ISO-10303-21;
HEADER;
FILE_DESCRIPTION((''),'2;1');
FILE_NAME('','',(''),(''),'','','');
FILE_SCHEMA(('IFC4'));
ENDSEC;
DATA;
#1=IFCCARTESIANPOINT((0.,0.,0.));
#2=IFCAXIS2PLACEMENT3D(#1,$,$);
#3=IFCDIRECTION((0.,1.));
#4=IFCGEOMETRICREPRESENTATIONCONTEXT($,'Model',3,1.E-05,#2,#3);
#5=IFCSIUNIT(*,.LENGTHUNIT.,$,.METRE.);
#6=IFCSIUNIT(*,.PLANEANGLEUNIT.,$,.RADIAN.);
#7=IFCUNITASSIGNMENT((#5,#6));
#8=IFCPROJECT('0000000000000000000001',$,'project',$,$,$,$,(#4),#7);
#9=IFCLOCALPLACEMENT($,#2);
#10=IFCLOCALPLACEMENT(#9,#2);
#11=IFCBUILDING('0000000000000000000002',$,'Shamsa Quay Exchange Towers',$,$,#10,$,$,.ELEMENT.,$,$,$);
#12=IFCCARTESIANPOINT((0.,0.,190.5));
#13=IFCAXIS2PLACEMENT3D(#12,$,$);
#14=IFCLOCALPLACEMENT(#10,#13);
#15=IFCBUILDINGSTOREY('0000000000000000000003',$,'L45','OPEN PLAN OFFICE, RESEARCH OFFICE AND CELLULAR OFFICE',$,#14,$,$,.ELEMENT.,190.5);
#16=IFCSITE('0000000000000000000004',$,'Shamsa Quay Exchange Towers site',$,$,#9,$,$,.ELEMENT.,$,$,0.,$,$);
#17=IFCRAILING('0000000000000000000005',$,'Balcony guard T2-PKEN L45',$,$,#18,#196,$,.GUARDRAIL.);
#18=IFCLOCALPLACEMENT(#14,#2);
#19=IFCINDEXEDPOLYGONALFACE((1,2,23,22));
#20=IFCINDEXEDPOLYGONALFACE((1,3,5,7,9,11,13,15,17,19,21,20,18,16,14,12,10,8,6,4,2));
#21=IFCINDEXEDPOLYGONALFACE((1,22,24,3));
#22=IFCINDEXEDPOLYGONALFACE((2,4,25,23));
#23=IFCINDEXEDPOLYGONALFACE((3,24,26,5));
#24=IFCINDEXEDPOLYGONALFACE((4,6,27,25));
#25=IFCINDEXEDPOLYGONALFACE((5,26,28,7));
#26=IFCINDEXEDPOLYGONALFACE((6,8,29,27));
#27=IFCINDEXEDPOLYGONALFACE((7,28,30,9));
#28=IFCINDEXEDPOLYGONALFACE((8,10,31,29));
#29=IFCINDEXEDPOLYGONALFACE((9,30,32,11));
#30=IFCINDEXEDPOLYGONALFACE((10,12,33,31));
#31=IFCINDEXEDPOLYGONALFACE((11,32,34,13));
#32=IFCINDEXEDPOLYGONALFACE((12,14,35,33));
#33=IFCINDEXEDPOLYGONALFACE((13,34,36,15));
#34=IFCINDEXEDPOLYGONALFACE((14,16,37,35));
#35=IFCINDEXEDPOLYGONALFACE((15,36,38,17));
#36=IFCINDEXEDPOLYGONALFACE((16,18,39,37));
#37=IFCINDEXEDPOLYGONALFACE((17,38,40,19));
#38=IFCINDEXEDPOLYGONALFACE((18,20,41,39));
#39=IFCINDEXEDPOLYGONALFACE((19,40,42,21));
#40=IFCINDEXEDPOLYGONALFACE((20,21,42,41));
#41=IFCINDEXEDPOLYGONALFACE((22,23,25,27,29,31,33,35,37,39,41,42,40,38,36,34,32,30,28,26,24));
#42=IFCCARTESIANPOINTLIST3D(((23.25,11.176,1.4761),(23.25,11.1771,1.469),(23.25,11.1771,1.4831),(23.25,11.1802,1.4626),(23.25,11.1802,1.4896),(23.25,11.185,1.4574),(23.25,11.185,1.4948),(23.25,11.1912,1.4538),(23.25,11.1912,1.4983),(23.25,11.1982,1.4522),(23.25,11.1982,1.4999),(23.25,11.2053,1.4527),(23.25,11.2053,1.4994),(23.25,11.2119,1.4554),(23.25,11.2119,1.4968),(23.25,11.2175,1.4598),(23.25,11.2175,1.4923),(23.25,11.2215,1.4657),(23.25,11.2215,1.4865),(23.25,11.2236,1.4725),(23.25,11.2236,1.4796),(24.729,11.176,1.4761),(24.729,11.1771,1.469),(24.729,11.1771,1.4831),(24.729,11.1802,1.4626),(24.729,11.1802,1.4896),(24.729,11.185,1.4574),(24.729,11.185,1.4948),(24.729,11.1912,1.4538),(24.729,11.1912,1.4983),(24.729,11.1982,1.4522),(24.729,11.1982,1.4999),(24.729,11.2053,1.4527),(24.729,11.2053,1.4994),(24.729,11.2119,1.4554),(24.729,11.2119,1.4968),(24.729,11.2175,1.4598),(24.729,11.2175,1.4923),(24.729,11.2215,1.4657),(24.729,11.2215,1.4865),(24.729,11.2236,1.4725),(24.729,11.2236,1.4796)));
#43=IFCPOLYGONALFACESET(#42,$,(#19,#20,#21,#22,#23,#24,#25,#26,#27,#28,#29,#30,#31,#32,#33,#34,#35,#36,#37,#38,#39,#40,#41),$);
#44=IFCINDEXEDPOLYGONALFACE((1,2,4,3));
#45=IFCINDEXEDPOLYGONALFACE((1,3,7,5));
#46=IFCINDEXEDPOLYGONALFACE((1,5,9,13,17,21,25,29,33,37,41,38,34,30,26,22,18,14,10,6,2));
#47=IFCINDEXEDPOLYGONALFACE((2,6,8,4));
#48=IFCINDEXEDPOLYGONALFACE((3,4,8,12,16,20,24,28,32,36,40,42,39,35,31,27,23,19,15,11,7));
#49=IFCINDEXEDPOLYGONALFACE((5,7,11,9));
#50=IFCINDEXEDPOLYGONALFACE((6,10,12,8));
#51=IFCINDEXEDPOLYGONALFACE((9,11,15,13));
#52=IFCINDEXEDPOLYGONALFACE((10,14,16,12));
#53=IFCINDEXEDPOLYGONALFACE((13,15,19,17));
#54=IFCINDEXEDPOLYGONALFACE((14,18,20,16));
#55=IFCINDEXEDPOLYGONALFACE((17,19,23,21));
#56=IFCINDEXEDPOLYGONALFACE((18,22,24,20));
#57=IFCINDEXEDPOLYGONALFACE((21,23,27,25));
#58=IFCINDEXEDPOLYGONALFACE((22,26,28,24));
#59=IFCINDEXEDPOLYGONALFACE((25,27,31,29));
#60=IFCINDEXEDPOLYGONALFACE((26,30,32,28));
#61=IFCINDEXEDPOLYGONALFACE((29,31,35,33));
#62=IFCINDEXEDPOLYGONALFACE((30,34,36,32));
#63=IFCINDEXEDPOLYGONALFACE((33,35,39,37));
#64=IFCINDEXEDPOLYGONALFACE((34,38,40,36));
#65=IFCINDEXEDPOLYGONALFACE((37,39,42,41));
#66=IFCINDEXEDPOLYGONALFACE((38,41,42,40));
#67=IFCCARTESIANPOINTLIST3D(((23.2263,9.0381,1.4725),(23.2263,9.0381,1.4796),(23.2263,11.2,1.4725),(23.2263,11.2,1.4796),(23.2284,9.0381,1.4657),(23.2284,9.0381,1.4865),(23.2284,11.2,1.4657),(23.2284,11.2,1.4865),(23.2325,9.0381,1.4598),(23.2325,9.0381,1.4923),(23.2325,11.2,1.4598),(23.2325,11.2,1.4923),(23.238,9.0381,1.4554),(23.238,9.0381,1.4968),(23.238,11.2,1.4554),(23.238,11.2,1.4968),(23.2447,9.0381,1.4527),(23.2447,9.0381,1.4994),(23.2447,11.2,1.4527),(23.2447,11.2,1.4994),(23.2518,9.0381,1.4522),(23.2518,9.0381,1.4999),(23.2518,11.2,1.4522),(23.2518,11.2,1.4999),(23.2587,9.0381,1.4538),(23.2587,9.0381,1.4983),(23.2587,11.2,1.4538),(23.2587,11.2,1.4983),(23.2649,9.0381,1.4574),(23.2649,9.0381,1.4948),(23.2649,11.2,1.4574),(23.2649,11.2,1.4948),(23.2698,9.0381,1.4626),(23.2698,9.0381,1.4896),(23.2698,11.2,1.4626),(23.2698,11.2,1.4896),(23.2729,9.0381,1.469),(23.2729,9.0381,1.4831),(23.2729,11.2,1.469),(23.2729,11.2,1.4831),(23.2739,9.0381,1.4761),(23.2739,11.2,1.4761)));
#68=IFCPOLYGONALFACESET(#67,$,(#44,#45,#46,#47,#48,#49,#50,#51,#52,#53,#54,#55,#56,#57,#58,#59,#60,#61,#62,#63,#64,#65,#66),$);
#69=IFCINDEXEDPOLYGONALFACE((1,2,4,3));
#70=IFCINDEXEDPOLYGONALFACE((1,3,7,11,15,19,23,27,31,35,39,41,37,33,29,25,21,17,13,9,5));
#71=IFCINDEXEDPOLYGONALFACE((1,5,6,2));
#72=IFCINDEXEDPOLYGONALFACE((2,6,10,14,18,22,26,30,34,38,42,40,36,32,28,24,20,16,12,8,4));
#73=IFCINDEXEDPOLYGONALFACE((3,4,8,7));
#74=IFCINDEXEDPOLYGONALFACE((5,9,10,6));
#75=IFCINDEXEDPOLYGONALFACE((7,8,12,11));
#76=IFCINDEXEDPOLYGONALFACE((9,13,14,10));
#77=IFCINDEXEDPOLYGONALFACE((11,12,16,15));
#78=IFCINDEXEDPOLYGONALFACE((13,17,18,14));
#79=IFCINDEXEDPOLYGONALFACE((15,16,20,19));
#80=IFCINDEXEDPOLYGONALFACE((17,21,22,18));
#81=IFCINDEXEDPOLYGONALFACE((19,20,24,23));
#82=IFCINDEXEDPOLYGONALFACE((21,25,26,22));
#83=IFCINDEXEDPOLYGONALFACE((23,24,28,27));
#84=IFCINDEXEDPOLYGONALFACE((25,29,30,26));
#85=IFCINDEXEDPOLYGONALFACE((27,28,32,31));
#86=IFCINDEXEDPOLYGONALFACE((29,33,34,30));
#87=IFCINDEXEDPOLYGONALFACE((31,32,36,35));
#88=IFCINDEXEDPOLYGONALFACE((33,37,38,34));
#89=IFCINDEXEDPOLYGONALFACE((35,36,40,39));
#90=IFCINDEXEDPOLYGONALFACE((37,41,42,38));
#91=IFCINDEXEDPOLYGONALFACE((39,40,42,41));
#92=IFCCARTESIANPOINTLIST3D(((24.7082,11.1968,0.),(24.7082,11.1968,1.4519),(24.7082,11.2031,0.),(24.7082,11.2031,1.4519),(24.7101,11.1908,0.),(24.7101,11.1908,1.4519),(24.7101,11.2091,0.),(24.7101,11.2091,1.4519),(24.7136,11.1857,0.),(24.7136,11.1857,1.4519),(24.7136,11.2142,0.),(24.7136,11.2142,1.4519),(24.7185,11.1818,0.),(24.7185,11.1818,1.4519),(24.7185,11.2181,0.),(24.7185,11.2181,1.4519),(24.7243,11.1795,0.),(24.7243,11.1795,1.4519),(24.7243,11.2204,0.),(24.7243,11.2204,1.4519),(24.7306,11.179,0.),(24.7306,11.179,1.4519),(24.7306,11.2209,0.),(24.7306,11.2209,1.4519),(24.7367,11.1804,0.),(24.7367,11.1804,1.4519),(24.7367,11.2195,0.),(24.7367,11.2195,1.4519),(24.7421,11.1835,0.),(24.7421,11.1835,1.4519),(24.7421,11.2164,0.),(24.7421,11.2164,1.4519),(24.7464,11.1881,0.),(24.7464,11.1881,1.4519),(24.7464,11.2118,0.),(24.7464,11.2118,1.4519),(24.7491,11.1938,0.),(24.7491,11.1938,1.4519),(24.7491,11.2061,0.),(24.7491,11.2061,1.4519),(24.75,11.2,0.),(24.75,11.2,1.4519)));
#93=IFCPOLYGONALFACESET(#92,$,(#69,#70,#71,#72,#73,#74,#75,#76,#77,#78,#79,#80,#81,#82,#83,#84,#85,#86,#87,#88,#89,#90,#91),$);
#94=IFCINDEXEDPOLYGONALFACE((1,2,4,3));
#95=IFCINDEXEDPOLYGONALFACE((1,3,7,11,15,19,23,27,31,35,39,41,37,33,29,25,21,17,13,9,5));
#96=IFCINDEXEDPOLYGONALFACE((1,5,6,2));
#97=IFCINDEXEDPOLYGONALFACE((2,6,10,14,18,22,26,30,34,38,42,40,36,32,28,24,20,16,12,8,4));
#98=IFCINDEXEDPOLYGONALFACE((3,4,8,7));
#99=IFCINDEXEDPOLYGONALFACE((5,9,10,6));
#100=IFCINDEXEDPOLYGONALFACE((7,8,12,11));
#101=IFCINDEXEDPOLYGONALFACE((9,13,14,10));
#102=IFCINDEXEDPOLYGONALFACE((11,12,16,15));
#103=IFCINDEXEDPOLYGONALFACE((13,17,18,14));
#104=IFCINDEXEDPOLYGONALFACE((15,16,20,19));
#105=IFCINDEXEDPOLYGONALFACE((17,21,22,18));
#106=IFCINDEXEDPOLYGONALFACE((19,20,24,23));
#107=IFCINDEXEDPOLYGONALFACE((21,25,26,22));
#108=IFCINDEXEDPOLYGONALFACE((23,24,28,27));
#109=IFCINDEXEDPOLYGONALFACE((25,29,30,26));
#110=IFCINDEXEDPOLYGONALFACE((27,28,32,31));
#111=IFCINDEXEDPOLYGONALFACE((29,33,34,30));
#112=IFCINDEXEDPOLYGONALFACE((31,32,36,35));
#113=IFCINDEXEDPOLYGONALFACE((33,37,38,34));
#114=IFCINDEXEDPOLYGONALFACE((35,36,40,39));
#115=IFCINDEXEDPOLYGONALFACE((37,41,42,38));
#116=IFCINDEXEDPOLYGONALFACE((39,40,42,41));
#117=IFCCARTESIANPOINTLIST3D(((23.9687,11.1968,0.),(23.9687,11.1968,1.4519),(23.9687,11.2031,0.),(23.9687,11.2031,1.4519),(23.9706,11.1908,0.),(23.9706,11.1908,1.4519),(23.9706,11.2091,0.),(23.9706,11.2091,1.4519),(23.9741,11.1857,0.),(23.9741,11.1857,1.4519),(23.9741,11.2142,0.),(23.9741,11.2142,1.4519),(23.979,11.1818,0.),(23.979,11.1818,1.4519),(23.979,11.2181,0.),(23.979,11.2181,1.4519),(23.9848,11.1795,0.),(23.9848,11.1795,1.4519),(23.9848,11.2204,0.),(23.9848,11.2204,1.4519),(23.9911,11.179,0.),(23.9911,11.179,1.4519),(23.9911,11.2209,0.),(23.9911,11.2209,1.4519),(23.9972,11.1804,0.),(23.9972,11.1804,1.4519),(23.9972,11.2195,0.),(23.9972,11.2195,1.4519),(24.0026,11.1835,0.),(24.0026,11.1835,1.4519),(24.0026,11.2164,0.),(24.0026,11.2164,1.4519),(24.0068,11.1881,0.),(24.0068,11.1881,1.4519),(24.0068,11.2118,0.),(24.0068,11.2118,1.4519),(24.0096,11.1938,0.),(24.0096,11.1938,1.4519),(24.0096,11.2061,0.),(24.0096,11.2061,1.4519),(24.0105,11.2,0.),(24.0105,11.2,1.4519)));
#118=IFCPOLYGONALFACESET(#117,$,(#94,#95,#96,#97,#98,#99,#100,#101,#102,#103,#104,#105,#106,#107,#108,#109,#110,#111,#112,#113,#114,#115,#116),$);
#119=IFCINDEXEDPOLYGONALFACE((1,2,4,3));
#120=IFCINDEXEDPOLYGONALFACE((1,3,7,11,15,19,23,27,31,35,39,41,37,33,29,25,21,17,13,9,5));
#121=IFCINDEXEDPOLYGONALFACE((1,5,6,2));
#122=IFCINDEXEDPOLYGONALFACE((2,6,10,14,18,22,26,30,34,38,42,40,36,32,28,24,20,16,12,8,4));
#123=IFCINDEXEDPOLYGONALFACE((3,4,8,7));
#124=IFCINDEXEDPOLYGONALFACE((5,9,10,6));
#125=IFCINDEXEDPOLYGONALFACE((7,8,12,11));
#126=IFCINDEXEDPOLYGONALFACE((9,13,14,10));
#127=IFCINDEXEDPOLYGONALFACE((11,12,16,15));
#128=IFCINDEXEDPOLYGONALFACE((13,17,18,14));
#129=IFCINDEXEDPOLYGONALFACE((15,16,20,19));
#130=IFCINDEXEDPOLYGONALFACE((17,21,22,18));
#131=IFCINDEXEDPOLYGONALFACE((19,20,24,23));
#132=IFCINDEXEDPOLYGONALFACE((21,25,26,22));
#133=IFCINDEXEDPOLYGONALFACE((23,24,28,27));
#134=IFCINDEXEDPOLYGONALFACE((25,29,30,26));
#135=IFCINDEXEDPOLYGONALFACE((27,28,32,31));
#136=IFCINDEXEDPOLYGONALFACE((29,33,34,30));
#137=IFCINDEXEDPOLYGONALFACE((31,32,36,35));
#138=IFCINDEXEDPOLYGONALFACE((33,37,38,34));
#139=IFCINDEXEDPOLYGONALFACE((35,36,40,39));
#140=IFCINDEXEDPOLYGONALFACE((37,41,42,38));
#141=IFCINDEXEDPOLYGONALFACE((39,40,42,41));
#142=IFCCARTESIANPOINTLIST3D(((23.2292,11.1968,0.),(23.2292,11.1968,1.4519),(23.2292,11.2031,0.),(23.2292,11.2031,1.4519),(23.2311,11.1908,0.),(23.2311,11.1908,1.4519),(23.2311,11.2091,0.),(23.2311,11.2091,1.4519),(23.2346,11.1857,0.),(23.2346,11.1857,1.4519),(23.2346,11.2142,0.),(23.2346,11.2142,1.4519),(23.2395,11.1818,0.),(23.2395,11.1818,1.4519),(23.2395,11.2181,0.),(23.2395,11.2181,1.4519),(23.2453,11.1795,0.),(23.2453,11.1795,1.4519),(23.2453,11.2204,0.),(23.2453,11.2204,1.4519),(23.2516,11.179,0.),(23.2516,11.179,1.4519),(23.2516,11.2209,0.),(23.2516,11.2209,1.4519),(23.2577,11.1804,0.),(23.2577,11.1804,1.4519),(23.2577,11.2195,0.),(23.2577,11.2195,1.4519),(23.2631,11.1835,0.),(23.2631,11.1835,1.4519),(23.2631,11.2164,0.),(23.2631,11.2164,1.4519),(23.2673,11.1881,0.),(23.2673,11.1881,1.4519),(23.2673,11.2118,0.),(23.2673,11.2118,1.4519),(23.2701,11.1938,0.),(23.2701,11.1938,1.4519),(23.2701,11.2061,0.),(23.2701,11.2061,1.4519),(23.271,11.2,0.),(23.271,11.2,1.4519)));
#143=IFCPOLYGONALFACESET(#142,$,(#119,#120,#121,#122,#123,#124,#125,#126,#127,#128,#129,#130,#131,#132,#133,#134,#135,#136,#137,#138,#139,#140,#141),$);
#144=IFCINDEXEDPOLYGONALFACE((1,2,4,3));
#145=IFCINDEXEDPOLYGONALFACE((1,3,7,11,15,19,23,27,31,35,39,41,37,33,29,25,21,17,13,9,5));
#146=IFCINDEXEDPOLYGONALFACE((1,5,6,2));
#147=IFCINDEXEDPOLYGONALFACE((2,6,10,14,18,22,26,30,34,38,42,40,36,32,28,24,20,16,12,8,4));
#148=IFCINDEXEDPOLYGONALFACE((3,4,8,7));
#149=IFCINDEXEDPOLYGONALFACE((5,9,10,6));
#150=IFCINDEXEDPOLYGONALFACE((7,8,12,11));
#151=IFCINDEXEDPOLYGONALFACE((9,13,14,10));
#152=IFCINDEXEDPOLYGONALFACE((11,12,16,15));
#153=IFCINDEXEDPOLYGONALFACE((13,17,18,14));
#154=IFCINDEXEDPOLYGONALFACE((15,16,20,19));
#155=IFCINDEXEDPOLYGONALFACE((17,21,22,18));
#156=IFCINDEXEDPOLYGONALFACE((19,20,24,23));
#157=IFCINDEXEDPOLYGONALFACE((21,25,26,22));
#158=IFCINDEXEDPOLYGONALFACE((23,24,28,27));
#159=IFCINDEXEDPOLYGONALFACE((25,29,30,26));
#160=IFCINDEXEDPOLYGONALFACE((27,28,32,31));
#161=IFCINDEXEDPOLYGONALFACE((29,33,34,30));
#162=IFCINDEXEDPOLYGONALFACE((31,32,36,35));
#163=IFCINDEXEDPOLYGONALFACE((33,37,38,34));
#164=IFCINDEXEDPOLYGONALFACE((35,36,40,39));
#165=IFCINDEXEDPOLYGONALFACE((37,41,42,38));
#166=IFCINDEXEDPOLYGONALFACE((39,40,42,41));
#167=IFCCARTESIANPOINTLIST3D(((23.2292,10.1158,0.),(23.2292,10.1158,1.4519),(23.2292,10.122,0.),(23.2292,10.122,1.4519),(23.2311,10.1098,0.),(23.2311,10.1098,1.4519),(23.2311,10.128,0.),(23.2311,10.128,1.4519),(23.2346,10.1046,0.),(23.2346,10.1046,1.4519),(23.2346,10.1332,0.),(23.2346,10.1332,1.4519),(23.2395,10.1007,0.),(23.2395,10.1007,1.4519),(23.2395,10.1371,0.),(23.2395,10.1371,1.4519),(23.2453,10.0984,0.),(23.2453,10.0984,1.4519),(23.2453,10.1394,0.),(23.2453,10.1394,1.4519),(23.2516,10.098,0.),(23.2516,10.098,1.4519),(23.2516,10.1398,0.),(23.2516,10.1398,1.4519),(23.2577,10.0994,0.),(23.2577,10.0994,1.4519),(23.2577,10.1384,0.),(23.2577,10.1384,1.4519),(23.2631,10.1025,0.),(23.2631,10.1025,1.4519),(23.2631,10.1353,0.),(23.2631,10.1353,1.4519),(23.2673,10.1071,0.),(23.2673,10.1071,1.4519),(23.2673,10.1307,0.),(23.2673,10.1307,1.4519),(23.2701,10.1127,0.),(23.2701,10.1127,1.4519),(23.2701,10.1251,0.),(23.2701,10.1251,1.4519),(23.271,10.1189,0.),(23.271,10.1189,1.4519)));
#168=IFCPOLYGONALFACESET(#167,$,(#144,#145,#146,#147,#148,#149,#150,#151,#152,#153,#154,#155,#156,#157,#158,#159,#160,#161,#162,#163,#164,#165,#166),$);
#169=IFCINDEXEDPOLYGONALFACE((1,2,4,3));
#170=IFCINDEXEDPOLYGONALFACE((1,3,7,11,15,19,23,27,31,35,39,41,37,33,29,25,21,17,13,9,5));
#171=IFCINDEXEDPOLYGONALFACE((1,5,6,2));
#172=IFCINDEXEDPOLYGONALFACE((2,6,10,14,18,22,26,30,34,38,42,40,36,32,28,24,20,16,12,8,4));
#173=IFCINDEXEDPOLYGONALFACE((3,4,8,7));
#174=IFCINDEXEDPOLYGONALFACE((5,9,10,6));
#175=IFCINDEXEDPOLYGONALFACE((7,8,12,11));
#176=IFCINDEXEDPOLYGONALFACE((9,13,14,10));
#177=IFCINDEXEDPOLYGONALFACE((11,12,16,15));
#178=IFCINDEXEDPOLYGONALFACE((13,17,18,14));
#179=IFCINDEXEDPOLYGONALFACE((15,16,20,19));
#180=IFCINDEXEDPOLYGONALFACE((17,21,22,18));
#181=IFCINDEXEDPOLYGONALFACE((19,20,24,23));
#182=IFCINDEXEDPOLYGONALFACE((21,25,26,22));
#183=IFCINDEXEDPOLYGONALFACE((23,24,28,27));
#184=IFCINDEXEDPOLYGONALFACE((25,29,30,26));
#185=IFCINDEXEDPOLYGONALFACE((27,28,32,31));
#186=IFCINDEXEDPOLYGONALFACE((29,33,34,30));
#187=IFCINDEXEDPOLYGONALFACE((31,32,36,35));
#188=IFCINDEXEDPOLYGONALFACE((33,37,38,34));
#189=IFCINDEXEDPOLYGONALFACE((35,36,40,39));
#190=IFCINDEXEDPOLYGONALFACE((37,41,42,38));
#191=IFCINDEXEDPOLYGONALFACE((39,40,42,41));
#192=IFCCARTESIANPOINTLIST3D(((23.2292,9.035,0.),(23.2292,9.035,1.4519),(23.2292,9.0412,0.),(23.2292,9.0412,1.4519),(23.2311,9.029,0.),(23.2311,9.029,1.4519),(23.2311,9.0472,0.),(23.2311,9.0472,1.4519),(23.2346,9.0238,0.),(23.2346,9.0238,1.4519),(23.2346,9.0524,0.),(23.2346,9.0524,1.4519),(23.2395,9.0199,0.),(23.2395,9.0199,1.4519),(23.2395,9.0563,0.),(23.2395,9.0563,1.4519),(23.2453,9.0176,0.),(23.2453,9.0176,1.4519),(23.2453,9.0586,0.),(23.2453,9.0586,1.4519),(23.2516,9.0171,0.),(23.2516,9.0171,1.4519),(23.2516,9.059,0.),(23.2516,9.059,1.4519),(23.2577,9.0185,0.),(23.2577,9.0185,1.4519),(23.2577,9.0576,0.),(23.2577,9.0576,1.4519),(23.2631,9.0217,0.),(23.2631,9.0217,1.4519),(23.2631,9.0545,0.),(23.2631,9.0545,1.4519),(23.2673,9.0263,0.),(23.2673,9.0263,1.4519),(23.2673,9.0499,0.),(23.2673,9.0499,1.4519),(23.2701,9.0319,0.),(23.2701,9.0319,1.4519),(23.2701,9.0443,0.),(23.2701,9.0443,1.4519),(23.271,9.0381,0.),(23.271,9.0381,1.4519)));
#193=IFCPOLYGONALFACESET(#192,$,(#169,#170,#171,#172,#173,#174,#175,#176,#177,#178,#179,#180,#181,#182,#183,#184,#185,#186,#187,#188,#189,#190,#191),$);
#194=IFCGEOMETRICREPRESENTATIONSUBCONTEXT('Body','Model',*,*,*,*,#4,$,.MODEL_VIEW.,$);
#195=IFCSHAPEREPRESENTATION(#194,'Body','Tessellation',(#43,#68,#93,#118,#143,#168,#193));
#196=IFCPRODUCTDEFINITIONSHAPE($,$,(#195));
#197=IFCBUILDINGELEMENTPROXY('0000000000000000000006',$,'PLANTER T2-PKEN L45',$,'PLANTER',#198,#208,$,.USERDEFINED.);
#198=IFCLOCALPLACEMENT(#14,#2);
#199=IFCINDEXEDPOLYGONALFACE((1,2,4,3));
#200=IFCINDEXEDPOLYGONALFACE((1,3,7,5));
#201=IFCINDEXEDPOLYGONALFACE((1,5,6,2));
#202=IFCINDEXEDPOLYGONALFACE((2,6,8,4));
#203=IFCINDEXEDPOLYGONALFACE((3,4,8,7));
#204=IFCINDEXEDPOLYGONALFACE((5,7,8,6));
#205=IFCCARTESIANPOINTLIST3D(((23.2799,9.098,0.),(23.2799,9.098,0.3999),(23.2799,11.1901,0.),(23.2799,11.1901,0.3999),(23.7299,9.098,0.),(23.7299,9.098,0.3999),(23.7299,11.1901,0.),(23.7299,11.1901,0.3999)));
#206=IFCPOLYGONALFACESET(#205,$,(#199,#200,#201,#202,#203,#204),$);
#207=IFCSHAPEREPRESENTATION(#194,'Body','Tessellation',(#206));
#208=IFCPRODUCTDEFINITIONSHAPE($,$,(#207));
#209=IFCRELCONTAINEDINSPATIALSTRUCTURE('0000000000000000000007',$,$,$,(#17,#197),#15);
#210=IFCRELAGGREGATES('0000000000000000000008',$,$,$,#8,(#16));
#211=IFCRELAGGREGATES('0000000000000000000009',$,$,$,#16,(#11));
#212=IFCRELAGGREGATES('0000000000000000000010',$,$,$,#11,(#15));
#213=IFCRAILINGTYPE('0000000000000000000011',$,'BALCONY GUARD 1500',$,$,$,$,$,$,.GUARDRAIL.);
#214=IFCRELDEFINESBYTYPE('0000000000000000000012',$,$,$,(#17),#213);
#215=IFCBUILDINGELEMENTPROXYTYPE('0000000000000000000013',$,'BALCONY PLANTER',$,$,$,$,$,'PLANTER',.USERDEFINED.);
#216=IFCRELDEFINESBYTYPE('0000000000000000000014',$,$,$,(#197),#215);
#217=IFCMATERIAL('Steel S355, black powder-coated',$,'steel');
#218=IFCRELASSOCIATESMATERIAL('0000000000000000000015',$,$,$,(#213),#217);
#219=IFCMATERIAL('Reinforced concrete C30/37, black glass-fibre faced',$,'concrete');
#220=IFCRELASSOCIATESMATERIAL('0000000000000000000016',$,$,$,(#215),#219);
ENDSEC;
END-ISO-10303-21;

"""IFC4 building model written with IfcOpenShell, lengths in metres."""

from ifc_helpers import new_model, si_unit, direction, frame, origin, origin_2d, place, context, subcontext, project, spatial, rectangle, circle, extrude, material, type_object, element, save


model = new_model("IFC4")

# Units and contexts
model_context = context("Model", 3, precision=1e-05, world=origin(), true_north=direction((0.0, 1.0)))
body_context = subcontext(model_context, "Body", "Model", "MODEL_VIEW")
ifc_project = project(units=[si_unit("LENGTHUNIT", "METRE"), si_unit("PLANEANGLEUNIT", "RADIAN")], contexts=[model_context])

# Site, building, storey
site_placement = place(None, origin())
site = spatial("IfcSite", under=ifc_project, at=site_placement, Name="Shamsa Quay Exchange Towers site", CompositionType="ELEMENT", RefElevation=0.0)
building_placement = place(site_placement, origin())
building = spatial("IfcBuilding", under=site, at=building_placement, Name="Shamsa Quay Exchange Towers", CompositionType="ELEMENT")
storey_placement = place(building_placement, frame((0.0, 0.0, 190.5)))
storey = spatial("IfcBuildingStorey", under=building, at=storey_placement, Name="L45", Description="OPEN PLAN OFFICE, RESEARCH OFFICE AND CELLULAR OFFICE", CompositionType="ELEMENT", Elevation=190.5)

# Railing
ifc_material_1 = material(Name="Steel S355, black powder-coated", Category="steel")
railing_type = type_object("IfcRailingType", Name="BALCONY GUARD 1500", PredefinedType="GUARDRAIL", material=ifc_material_1)
railing_placement = place(storey_placement, frame((24.729, 11.2, 0.0)))
element("IfcRailing", 1, at=railing_placement, inside=storey, type_object=railing_type, Name="Balcony guard T2-PKEN L45", PredefinedType="GUARDRAIL", context=body_context, shape_type="SweptSolid", body=[
    extrude(circle(Radius=0.0239, at=origin_2d()), frame((0.0, 0.0, 1.4761), z_axis=(-1.0, 0.0, 0.0), x_axis=(0.0, -1.0, 0.0)), (0.0, 0.0, 1.0), 1.479),
    extrude(circle(Radius=0.0239, at=origin_2d()), frame((-1.479, 0.0, 1.4761), z_axis=(0.0, -1.0, 0.0), x_axis=(1.0, 0.0, 0.0)), (0.0, 0.0, 1.0), 2.1619),
    extrude(circle(Radius=0.021, at=origin_2d()), origin(), (0.0, 0.0, 1.0), 1.4519),
    extrude(circle(Radius=0.021, at=origin_2d()), frame((-0.7395, 0.0, 0.0)), (0.0, 0.0, 1.0), 1.4519),
    extrude(circle(Radius=0.021, at=origin_2d()), frame((-1.479, 0.0, 0.0)), (0.0, 0.0, 1.0), 1.4519),
    extrude(circle(Radius=0.021, at=origin_2d()), frame((-1.479, -1.0811, 0.0)), (0.0, 0.0, 1.0), 1.4519),
    extrude(circle(Radius=0.021, at=origin_2d()), frame((-1.479, -2.1619, 0.0)), (0.0, 0.0, 1.0), 1.4519),
])

# Building element proxy
ifc_material_2 = material(Name="Reinforced concrete C30/37, black glass-fibre faced", Category="concrete")
building_element_proxy_type = type_object("IfcBuildingElementProxyType", Name="BALCONY PLANTER", ElementType="PLANTER", PredefinedType="USERDEFINED", material=ifc_material_2)
proxy_placement = place(storey_placement, frame((23.5049, 10.144, 0.0), z_axis=(0.0, 0.0, 1.0), x_axis=(0.0, -1.0, 0.0)))
element("IfcBuildingElementProxy", 2, at=proxy_placement, inside=storey, type_object=building_element_proxy_type, Name="PLANTER T2-PKEN L45", ObjectType="PLANTER", PredefinedType="USERDEFINED", context=body_context, shape_type="SweptSolid", body=[
    extrude(rectangle(XDim=2.092, YDim=0.45, at=origin_2d()), origin(), (0.0, 0.0, 1.0), 0.3999),
])

save(model, "model.ifc")
